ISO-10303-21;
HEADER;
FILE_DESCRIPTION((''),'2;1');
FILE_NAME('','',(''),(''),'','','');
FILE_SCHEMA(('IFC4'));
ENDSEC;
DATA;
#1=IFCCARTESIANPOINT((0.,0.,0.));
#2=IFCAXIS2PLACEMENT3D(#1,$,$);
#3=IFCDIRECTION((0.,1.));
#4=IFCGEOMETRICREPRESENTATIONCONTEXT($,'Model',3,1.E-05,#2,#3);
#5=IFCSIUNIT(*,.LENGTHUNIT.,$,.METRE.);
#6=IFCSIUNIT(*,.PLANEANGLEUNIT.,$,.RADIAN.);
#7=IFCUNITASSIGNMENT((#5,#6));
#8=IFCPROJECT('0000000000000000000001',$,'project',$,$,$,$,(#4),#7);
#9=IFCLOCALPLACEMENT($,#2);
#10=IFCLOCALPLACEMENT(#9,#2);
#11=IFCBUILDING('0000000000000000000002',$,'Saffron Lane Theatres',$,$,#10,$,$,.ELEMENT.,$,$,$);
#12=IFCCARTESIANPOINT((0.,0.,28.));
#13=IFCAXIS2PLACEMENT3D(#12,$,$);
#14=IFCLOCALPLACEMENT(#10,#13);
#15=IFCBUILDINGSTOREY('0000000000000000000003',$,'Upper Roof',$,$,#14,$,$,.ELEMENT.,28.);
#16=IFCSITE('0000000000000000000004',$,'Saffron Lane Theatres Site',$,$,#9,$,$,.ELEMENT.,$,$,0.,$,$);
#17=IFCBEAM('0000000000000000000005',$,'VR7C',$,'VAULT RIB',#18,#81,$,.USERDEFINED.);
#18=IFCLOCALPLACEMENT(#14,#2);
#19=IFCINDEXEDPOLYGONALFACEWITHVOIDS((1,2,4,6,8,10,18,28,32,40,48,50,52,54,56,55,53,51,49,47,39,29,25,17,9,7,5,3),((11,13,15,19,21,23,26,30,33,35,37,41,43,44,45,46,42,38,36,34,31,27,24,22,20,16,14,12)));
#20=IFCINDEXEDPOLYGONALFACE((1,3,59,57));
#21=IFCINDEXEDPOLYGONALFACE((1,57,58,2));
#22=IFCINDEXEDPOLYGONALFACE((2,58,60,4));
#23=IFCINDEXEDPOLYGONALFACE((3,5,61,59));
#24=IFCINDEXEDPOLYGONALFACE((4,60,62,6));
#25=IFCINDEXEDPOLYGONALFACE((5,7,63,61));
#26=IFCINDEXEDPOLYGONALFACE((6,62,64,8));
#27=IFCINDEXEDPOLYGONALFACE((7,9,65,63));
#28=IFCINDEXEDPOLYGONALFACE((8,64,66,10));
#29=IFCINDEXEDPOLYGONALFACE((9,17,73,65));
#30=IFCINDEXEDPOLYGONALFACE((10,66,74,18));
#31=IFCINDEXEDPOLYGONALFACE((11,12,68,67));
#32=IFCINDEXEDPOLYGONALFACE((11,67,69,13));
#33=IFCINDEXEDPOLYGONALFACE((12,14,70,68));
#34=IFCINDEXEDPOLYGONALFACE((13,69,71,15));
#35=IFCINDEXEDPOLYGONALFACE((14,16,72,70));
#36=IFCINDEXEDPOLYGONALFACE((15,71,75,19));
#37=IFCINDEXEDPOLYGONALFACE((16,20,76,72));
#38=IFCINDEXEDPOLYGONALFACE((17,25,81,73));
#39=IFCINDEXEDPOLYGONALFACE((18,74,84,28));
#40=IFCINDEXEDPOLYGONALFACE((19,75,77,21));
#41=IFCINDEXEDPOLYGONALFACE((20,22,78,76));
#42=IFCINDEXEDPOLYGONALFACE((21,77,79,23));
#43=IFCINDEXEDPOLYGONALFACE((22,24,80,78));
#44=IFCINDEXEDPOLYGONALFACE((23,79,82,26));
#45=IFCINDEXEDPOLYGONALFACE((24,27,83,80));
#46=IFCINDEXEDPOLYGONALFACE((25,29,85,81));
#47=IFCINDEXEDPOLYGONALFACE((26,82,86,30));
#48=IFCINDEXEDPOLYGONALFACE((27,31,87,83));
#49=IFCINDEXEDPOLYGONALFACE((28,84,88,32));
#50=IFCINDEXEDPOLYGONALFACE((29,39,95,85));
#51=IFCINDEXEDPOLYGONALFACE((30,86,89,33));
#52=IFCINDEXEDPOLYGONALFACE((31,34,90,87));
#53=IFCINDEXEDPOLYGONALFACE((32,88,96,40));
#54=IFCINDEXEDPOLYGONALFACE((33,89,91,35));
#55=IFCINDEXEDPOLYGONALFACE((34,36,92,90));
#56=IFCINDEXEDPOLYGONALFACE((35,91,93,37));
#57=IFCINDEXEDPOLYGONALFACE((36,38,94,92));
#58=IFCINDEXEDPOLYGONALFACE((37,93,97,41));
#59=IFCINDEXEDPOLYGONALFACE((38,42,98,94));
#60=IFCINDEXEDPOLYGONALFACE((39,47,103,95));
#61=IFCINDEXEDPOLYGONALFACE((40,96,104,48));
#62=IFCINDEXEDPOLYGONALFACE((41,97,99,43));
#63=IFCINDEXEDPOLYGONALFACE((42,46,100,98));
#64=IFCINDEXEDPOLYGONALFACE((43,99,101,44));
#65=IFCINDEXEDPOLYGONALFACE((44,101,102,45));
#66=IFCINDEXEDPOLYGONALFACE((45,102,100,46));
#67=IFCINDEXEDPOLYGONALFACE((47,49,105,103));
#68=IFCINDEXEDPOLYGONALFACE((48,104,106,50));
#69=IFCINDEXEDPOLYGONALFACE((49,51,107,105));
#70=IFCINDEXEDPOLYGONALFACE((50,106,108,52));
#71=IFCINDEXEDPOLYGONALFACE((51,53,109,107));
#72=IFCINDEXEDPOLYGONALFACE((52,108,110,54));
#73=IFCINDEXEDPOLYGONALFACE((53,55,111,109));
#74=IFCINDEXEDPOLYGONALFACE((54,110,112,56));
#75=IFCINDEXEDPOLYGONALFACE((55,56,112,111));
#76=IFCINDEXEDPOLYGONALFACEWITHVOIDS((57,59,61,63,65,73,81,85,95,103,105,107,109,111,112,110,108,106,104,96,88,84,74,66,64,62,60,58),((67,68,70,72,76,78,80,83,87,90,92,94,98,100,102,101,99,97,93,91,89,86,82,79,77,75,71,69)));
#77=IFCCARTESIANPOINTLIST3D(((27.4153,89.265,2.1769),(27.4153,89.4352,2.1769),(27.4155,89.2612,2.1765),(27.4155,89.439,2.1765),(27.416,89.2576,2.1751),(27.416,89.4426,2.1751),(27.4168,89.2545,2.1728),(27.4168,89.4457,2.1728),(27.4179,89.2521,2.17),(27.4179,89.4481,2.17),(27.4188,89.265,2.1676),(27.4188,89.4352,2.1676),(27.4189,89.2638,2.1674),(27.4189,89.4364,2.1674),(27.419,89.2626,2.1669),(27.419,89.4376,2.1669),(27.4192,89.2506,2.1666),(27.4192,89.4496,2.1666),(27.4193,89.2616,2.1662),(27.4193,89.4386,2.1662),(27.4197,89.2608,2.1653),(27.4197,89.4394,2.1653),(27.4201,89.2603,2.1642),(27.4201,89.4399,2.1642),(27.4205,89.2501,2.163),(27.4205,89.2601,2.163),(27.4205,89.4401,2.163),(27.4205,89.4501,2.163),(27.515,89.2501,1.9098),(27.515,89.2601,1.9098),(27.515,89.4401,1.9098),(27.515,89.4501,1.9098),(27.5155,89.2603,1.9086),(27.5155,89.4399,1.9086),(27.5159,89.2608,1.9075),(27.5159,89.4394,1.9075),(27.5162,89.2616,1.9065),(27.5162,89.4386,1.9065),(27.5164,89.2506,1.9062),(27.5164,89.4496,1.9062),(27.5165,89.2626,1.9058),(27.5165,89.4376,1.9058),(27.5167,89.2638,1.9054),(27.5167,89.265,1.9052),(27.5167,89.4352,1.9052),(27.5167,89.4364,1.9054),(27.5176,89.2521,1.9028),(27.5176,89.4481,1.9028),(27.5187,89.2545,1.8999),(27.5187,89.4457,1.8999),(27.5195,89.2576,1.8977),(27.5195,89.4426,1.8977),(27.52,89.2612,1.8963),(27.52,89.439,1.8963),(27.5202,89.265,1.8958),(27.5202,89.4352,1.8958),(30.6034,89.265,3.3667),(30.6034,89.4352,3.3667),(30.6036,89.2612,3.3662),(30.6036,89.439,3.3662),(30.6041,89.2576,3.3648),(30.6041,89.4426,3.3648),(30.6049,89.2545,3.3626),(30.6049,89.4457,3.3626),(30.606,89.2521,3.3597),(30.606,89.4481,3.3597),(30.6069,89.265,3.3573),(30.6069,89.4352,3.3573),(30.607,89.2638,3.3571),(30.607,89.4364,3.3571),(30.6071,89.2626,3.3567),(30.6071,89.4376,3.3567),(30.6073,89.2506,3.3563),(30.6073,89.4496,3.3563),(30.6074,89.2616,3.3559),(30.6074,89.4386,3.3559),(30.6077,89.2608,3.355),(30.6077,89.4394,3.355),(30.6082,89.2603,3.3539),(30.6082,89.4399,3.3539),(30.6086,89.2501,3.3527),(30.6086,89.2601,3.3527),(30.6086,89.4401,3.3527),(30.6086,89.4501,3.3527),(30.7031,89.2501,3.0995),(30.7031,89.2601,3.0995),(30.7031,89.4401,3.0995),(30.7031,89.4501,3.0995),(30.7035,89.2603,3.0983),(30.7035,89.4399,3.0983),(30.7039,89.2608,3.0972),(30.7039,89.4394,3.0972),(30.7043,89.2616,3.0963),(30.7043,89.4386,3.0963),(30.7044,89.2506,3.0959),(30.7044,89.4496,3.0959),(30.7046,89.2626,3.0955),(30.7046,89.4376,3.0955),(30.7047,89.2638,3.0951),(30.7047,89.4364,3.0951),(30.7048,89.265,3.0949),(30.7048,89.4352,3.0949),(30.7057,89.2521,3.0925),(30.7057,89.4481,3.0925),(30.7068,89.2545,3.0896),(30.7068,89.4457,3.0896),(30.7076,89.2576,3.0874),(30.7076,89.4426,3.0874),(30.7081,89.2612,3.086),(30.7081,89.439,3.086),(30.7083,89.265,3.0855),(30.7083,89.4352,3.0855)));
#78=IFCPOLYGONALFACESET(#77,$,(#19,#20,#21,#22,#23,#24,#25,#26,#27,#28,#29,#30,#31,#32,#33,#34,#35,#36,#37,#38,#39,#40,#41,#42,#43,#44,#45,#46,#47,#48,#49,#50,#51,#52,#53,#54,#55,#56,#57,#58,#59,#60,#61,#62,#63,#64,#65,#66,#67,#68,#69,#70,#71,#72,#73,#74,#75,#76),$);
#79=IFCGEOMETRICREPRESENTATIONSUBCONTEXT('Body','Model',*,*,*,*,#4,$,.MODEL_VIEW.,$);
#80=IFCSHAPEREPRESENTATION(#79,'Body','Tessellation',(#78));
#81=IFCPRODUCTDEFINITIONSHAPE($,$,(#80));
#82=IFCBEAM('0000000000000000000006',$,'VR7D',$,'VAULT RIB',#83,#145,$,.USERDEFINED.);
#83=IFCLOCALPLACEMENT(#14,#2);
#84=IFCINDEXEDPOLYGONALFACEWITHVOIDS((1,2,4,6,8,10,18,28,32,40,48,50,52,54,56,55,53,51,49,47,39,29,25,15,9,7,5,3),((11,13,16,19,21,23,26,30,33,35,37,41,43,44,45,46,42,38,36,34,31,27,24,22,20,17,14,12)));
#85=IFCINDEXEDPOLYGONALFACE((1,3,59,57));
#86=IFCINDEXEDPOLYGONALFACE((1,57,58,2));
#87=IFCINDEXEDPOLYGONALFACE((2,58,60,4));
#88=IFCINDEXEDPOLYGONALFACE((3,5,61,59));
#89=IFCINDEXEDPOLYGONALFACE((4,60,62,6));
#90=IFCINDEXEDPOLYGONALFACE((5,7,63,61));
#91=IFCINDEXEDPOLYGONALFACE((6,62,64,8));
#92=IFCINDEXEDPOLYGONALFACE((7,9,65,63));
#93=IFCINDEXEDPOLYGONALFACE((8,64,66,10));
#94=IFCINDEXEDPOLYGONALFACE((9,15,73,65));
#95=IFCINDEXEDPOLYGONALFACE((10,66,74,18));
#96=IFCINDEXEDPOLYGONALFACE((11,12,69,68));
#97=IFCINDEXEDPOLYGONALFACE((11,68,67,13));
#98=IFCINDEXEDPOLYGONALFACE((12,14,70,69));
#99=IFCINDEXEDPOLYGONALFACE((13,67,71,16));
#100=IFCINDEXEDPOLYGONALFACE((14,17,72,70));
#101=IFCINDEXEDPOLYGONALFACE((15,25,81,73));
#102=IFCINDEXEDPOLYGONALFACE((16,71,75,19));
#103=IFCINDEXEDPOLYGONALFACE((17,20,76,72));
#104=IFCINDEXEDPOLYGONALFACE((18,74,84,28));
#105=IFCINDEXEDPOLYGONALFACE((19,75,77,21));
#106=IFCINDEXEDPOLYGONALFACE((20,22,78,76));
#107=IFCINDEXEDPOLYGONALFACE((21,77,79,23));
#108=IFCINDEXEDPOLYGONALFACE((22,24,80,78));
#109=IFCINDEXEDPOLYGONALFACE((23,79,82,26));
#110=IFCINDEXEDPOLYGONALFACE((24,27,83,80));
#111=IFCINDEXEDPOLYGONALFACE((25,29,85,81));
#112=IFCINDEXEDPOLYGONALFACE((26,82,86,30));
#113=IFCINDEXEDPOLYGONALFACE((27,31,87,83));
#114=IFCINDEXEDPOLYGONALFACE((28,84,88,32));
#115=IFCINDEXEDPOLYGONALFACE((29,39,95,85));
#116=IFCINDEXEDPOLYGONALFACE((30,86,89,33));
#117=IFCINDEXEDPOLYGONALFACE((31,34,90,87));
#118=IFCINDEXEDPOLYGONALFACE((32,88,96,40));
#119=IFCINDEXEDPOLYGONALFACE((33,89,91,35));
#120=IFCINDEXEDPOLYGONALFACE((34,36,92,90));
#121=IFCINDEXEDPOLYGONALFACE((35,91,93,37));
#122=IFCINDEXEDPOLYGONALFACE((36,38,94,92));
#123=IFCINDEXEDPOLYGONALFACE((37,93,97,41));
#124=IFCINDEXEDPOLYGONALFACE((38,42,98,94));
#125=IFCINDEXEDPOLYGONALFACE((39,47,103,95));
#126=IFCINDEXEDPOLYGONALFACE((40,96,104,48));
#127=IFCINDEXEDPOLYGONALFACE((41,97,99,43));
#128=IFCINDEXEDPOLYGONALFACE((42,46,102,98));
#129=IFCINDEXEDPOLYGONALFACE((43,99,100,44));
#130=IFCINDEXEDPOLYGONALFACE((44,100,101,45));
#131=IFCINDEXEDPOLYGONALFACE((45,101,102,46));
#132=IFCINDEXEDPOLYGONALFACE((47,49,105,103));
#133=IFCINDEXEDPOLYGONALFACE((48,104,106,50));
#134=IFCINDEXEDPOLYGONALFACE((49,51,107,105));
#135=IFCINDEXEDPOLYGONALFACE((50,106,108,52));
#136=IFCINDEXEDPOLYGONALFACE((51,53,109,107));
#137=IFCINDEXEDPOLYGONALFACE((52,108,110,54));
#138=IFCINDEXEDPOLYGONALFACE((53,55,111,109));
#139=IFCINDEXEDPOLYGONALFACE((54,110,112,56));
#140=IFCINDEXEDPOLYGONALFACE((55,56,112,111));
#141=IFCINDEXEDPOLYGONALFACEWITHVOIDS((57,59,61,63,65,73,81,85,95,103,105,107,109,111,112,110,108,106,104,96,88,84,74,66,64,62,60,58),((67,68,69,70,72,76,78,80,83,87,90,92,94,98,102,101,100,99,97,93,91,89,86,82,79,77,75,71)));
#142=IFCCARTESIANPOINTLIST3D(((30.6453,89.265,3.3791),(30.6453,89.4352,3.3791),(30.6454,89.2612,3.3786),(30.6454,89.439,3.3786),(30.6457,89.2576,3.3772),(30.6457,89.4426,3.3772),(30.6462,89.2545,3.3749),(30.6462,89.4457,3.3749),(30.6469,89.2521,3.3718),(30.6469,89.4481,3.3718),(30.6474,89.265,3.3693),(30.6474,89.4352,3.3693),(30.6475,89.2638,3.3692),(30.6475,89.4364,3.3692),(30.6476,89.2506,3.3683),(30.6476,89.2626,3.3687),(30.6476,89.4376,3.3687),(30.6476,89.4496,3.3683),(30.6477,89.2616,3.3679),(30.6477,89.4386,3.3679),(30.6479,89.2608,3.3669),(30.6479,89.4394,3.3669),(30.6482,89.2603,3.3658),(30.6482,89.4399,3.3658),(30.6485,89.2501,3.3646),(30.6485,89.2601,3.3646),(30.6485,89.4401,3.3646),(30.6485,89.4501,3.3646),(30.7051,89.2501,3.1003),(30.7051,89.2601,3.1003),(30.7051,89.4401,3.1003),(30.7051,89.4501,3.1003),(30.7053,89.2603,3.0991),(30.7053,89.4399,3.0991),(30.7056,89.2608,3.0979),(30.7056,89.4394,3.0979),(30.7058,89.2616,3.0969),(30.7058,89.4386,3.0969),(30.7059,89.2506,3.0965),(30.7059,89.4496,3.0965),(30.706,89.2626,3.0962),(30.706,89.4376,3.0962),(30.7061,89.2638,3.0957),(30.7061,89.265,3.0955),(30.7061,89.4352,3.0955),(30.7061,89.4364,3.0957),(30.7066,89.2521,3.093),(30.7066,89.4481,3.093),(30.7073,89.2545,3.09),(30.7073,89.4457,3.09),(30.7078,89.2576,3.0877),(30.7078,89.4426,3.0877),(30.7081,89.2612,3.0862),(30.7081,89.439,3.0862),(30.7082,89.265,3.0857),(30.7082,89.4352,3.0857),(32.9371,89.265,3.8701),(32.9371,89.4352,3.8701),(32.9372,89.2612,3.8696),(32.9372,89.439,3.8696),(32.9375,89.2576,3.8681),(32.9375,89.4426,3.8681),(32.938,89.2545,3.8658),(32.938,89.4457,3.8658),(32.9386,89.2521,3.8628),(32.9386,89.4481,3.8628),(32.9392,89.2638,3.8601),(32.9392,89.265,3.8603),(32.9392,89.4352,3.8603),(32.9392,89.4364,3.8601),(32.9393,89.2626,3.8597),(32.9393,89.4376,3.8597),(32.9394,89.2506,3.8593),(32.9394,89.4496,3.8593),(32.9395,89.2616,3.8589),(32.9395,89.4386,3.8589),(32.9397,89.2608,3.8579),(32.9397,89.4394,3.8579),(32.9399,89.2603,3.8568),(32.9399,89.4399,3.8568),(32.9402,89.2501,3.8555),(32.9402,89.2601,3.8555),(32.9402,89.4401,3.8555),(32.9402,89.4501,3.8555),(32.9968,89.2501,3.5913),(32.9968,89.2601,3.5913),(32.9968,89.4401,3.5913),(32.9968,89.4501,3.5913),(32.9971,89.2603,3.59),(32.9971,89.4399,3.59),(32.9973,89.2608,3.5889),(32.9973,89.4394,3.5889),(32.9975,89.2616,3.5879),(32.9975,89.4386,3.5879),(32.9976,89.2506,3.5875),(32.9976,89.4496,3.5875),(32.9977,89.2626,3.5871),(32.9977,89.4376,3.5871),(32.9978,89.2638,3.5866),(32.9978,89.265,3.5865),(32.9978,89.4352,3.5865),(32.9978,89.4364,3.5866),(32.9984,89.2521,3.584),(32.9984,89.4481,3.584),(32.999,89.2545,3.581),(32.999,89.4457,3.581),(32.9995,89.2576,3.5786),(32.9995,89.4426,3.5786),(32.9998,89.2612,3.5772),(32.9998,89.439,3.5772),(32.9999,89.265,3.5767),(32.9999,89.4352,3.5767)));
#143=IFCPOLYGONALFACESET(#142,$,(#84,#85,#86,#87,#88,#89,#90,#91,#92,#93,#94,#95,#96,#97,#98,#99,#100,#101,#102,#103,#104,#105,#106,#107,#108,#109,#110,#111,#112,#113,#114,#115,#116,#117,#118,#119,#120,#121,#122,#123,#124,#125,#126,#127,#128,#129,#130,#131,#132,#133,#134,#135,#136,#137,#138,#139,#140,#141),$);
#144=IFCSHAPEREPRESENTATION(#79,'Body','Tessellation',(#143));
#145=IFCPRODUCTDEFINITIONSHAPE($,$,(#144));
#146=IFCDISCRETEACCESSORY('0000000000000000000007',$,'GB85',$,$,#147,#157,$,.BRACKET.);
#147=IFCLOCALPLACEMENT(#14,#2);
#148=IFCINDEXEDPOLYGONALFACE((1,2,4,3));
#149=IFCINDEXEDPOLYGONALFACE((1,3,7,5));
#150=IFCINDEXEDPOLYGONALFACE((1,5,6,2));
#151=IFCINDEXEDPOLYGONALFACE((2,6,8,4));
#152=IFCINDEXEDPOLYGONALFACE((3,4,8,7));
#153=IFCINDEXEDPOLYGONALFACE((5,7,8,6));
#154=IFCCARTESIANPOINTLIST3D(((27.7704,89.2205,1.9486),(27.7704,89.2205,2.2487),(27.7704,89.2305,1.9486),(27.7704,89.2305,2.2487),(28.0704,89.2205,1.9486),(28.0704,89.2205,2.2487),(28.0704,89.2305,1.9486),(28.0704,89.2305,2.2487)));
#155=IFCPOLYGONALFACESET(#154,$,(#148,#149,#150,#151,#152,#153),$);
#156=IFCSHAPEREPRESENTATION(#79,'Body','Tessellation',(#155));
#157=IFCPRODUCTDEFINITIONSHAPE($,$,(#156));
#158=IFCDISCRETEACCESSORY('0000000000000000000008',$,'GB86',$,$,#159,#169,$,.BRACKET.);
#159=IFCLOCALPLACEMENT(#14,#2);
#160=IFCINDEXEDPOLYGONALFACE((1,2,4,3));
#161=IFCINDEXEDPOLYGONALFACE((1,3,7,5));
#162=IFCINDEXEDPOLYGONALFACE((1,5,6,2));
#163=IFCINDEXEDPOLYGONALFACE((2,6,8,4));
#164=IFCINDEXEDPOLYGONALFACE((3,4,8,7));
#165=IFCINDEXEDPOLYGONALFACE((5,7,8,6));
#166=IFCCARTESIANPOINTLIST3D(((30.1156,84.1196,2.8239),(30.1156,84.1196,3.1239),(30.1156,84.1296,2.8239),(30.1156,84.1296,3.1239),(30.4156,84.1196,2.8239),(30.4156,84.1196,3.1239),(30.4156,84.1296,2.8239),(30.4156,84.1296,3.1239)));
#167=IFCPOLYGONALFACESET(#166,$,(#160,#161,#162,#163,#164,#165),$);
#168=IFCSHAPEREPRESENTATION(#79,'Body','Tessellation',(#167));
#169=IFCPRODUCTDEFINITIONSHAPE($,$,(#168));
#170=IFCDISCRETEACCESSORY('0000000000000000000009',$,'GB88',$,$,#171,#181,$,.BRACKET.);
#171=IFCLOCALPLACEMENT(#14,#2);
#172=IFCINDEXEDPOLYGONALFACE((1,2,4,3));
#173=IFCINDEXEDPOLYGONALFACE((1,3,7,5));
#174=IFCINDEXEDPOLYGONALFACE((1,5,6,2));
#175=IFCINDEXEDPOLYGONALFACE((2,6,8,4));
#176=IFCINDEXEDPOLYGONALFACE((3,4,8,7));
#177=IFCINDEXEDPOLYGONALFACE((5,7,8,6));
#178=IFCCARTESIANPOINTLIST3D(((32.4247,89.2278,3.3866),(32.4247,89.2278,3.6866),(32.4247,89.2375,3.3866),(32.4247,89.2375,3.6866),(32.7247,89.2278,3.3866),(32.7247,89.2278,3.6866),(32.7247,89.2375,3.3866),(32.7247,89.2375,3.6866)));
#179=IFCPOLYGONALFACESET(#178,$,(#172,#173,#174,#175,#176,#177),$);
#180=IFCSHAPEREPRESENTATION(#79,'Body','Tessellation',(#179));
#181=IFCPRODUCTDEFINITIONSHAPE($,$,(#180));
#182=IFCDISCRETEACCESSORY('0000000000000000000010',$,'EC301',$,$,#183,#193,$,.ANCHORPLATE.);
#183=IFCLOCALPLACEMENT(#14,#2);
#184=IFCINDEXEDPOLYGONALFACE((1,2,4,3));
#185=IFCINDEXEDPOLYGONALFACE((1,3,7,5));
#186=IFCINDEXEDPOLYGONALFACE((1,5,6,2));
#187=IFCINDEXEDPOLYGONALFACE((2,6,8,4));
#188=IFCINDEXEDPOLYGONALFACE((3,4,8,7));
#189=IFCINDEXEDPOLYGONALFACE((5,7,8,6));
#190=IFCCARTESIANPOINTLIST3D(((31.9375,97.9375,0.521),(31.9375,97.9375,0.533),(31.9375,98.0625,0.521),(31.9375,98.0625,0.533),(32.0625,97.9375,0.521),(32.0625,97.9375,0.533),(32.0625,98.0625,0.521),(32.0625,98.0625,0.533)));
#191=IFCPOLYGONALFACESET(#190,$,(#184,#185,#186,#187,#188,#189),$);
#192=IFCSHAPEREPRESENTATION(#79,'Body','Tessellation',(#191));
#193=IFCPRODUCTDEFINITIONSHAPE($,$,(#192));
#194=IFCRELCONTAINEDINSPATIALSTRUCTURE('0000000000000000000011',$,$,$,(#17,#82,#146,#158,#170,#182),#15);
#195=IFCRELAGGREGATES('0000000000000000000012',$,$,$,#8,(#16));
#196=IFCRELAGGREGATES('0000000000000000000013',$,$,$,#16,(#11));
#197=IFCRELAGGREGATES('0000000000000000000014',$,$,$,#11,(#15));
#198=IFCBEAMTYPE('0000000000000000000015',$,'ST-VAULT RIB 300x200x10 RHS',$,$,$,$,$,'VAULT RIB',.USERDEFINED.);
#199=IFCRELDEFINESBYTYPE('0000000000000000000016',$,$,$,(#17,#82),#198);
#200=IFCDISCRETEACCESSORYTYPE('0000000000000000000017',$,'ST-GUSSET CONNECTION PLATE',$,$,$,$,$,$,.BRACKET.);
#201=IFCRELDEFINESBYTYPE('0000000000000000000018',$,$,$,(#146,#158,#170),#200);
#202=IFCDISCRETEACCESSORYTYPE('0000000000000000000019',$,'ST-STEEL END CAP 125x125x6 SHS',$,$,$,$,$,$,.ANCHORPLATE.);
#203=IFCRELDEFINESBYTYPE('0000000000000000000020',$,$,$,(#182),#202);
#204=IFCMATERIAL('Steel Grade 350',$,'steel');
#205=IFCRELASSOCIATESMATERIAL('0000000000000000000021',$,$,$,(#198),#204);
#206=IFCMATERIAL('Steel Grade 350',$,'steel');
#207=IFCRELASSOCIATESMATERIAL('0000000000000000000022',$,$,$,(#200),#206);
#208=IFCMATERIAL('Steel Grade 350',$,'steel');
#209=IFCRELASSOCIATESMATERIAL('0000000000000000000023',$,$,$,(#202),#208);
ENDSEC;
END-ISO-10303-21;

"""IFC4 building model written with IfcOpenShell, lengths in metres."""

from ifc_helpers import new_model, si_unit, direction, frame, origin, origin_2d, place, context, subcontext, project, spatial, rectangle, hollow_rectangle, extrude, material, material_profile, profile_set, type_object, element, save


model = new_model("IFC4")

# Units and contexts
model_context = context("Model", 3, precision=1e-05, world=origin(), true_north=direction((0.0, 1.0)))
body_context = subcontext(model_context, "Body", "Model", "MODEL_VIEW")
ifc_project = project(units=[si_unit("LENGTHUNIT", "METRE"), si_unit("PLANEANGLEUNIT", "RADIAN")], contexts=[model_context])

# Site, building, storey
site_placement = place(None, origin())
site = spatial("IfcSite", under=ifc_project, at=site_placement, Name="Saffron Lane Theatres Site", CompositionType="ELEMENT", RefElevation=0.0)
building_placement = place(site_placement, origin())
building = spatial("IfcBuilding", under=site, at=building_placement, Name="Saffron Lane Theatres", CompositionType="ELEMENT")
storey_placement = place(building_placement, frame((0.0, 0.0, 28.0)))
storey = spatial("IfcBuildingStorey", under=building, at=storey_placement, Name="Upper Roof", CompositionType="ELEMENT", Elevation=28.0)

# Beams
ifc_material_1 = material(Name="Steel Grade 350", Category="steel")
ifc_material_profile_1 = material_profile(ifc_material_1, hollow_rectangle(XDim=0.2, YDim=0.3, WallThickness=0.01, InnerFilletRadius=0.0049, OuterFilletRadius=0.0149, at=origin_2d()))
ifc_profile_set_1 = profile_set([ifc_material_profile_1], Name="Steel Grade 350")
beam_type_1 = type_object("IfcBeamType", Name="ST-VAULT RIB 300x200x10 RHS", ElementType="VAULT RIB", PredefinedType="USERDEFINED", material=ifc_profile_set_1)
beam_1_placement = place(storey_placement, frame((27.4678, 89.3501, 2.0364), z_axis=(0.936888, 0.0, 0.349629), x_axis=(0.0, 1.0, 0.0)))
element("IfcBeam", 1, at=beam_1_placement, inside=storey, type_object=beam_type_1, Name="VR7C", ObjectType="VAULT RIB", PredefinedType="USERDEFINED", context=body_context, shape_type="SweptSolid", body=[
    extrude(hollow_rectangle(XDim=0.2, YDim=0.3, WallThickness=0.01, InnerFilletRadius=0.0049, OuterFilletRadius=0.0149, at=origin_2d()), origin(), (0.0, 0.0, 1.0), 3.4028),
])
beam_2_placement = place(storey_placement, frame((30.6768, 89.3501, 3.2324), z_axis=(0.977813, 0.0, 0.209479), x_axis=(0.0, 1.0, 0.0)))
element("IfcBeam", 2, at=beam_2_placement, inside=storey, type_object=beam_type_1, Name="VR7D", ObjectType="VAULT RIB", PredefinedType="USERDEFINED", context=body_context, shape_type="SweptSolid", body=[
    extrude(hollow_rectangle(XDim=0.2, YDim=0.3, WallThickness=0.01, InnerFilletRadius=0.0049, OuterFilletRadius=0.0149, at=origin_2d()), origin(), (0.0, 0.0, 1.0), 2.3438),
])

# Discrete accessories
ifc_material_2 = material(Name="Steel Grade 350", Category="steel")
ifc_material_profile_2 = material_profile(ifc_material_2, rectangle(XDim=0.3, YDim=0.3, at=origin_2d()))
ifc_profile_set_2 = profile_set([ifc_material_profile_2], Name="Steel Grade 350")
discrete_accessory_type_1 = type_object("IfcDiscreteAccessoryType", Name="ST-GUSSET CONNECTION PLATE", PredefinedType="BRACKET", material=ifc_profile_set_2)
for number, where, z_axis, x_axis, name in (
    (3, (27.9204, 89.2305, 2.0986), (0.0, -1.0, 0.0), (1.0, 0.0, 0.0), "GB85"),
    (4, (30.2656, 84.1196, 2.9739), (0.0, 1.0, 0.0), (-1.0, 0.0, 0.0), "GB86"),
):
    element("IfcDiscreteAccessory", number, at=place(storey_placement, frame(where, z_axis=z_axis, x_axis=x_axis)), inside=storey, type_object=discrete_accessory_type_1, Name=name, PredefinedType="BRACKET", context=body_context, shape_type="SweptSolid", body=[
        extrude(rectangle(XDim=0.3, YDim=0.3, at=origin_2d()), origin(), (0.0, 0.0, 1.0), 0.01),
    ])
discrete_accessory_placement = place(storey_placement, frame((32.5747, 89.2375, 3.5366), z_axis=(0.0, -1.0, 0.0), x_axis=(1.0, 0.0, 0.0)))
element("IfcDiscreteAccessory", 5, at=discrete_accessory_placement, inside=storey, type_object=discrete_accessory_type_1, Name="GB88", PredefinedType="BRACKET", context=body_context, shape_type="SweptSolid", body=[
    extrude(rectangle(XDim=0.3, YDim=0.3, at=origin_2d()), origin(), (0.0, 0.0, 1.0), 0.0098),
])
ifc_material_3 = material(Name="Steel Grade 350", Category="steel")
ifc_material_profile_3 = material_profile(ifc_material_3, rectangle(XDim=0.125, YDim=0.125, at=origin_2d()))
ifc_profile_set_3 = profile_set([ifc_material_profile_3], Name="Steel Grade 350")
discrete_accessory_type_2 = type_object("IfcDiscreteAccessoryType", Name="ST-STEEL END CAP 125x125x6 SHS", PredefinedType="ANCHORPLATE", material=ifc_profile_set_3)
for number, where, z_axis, x_axis, name in (
    (6, (32.0, 98.0, 0.521), (0.0, 0.0, 1.0), (1.0, 0.0, 0.0), "EC301"),
):
    element("IfcDiscreteAccessory", number, at=place(storey_placement, frame(where, z_axis=z_axis, x_axis=x_axis)), inside=storey, type_object=discrete_accessory_type_2, Name=name, PredefinedType="ANCHORPLATE", context=body_context, shape_type="SweptSolid", body=[
        extrude(rectangle(XDim=0.125, YDim=0.125, at=origin_2d()), origin(), (0.0, 0.0, 1.0), 0.012),
    ])

save(model, "model.ifc")
